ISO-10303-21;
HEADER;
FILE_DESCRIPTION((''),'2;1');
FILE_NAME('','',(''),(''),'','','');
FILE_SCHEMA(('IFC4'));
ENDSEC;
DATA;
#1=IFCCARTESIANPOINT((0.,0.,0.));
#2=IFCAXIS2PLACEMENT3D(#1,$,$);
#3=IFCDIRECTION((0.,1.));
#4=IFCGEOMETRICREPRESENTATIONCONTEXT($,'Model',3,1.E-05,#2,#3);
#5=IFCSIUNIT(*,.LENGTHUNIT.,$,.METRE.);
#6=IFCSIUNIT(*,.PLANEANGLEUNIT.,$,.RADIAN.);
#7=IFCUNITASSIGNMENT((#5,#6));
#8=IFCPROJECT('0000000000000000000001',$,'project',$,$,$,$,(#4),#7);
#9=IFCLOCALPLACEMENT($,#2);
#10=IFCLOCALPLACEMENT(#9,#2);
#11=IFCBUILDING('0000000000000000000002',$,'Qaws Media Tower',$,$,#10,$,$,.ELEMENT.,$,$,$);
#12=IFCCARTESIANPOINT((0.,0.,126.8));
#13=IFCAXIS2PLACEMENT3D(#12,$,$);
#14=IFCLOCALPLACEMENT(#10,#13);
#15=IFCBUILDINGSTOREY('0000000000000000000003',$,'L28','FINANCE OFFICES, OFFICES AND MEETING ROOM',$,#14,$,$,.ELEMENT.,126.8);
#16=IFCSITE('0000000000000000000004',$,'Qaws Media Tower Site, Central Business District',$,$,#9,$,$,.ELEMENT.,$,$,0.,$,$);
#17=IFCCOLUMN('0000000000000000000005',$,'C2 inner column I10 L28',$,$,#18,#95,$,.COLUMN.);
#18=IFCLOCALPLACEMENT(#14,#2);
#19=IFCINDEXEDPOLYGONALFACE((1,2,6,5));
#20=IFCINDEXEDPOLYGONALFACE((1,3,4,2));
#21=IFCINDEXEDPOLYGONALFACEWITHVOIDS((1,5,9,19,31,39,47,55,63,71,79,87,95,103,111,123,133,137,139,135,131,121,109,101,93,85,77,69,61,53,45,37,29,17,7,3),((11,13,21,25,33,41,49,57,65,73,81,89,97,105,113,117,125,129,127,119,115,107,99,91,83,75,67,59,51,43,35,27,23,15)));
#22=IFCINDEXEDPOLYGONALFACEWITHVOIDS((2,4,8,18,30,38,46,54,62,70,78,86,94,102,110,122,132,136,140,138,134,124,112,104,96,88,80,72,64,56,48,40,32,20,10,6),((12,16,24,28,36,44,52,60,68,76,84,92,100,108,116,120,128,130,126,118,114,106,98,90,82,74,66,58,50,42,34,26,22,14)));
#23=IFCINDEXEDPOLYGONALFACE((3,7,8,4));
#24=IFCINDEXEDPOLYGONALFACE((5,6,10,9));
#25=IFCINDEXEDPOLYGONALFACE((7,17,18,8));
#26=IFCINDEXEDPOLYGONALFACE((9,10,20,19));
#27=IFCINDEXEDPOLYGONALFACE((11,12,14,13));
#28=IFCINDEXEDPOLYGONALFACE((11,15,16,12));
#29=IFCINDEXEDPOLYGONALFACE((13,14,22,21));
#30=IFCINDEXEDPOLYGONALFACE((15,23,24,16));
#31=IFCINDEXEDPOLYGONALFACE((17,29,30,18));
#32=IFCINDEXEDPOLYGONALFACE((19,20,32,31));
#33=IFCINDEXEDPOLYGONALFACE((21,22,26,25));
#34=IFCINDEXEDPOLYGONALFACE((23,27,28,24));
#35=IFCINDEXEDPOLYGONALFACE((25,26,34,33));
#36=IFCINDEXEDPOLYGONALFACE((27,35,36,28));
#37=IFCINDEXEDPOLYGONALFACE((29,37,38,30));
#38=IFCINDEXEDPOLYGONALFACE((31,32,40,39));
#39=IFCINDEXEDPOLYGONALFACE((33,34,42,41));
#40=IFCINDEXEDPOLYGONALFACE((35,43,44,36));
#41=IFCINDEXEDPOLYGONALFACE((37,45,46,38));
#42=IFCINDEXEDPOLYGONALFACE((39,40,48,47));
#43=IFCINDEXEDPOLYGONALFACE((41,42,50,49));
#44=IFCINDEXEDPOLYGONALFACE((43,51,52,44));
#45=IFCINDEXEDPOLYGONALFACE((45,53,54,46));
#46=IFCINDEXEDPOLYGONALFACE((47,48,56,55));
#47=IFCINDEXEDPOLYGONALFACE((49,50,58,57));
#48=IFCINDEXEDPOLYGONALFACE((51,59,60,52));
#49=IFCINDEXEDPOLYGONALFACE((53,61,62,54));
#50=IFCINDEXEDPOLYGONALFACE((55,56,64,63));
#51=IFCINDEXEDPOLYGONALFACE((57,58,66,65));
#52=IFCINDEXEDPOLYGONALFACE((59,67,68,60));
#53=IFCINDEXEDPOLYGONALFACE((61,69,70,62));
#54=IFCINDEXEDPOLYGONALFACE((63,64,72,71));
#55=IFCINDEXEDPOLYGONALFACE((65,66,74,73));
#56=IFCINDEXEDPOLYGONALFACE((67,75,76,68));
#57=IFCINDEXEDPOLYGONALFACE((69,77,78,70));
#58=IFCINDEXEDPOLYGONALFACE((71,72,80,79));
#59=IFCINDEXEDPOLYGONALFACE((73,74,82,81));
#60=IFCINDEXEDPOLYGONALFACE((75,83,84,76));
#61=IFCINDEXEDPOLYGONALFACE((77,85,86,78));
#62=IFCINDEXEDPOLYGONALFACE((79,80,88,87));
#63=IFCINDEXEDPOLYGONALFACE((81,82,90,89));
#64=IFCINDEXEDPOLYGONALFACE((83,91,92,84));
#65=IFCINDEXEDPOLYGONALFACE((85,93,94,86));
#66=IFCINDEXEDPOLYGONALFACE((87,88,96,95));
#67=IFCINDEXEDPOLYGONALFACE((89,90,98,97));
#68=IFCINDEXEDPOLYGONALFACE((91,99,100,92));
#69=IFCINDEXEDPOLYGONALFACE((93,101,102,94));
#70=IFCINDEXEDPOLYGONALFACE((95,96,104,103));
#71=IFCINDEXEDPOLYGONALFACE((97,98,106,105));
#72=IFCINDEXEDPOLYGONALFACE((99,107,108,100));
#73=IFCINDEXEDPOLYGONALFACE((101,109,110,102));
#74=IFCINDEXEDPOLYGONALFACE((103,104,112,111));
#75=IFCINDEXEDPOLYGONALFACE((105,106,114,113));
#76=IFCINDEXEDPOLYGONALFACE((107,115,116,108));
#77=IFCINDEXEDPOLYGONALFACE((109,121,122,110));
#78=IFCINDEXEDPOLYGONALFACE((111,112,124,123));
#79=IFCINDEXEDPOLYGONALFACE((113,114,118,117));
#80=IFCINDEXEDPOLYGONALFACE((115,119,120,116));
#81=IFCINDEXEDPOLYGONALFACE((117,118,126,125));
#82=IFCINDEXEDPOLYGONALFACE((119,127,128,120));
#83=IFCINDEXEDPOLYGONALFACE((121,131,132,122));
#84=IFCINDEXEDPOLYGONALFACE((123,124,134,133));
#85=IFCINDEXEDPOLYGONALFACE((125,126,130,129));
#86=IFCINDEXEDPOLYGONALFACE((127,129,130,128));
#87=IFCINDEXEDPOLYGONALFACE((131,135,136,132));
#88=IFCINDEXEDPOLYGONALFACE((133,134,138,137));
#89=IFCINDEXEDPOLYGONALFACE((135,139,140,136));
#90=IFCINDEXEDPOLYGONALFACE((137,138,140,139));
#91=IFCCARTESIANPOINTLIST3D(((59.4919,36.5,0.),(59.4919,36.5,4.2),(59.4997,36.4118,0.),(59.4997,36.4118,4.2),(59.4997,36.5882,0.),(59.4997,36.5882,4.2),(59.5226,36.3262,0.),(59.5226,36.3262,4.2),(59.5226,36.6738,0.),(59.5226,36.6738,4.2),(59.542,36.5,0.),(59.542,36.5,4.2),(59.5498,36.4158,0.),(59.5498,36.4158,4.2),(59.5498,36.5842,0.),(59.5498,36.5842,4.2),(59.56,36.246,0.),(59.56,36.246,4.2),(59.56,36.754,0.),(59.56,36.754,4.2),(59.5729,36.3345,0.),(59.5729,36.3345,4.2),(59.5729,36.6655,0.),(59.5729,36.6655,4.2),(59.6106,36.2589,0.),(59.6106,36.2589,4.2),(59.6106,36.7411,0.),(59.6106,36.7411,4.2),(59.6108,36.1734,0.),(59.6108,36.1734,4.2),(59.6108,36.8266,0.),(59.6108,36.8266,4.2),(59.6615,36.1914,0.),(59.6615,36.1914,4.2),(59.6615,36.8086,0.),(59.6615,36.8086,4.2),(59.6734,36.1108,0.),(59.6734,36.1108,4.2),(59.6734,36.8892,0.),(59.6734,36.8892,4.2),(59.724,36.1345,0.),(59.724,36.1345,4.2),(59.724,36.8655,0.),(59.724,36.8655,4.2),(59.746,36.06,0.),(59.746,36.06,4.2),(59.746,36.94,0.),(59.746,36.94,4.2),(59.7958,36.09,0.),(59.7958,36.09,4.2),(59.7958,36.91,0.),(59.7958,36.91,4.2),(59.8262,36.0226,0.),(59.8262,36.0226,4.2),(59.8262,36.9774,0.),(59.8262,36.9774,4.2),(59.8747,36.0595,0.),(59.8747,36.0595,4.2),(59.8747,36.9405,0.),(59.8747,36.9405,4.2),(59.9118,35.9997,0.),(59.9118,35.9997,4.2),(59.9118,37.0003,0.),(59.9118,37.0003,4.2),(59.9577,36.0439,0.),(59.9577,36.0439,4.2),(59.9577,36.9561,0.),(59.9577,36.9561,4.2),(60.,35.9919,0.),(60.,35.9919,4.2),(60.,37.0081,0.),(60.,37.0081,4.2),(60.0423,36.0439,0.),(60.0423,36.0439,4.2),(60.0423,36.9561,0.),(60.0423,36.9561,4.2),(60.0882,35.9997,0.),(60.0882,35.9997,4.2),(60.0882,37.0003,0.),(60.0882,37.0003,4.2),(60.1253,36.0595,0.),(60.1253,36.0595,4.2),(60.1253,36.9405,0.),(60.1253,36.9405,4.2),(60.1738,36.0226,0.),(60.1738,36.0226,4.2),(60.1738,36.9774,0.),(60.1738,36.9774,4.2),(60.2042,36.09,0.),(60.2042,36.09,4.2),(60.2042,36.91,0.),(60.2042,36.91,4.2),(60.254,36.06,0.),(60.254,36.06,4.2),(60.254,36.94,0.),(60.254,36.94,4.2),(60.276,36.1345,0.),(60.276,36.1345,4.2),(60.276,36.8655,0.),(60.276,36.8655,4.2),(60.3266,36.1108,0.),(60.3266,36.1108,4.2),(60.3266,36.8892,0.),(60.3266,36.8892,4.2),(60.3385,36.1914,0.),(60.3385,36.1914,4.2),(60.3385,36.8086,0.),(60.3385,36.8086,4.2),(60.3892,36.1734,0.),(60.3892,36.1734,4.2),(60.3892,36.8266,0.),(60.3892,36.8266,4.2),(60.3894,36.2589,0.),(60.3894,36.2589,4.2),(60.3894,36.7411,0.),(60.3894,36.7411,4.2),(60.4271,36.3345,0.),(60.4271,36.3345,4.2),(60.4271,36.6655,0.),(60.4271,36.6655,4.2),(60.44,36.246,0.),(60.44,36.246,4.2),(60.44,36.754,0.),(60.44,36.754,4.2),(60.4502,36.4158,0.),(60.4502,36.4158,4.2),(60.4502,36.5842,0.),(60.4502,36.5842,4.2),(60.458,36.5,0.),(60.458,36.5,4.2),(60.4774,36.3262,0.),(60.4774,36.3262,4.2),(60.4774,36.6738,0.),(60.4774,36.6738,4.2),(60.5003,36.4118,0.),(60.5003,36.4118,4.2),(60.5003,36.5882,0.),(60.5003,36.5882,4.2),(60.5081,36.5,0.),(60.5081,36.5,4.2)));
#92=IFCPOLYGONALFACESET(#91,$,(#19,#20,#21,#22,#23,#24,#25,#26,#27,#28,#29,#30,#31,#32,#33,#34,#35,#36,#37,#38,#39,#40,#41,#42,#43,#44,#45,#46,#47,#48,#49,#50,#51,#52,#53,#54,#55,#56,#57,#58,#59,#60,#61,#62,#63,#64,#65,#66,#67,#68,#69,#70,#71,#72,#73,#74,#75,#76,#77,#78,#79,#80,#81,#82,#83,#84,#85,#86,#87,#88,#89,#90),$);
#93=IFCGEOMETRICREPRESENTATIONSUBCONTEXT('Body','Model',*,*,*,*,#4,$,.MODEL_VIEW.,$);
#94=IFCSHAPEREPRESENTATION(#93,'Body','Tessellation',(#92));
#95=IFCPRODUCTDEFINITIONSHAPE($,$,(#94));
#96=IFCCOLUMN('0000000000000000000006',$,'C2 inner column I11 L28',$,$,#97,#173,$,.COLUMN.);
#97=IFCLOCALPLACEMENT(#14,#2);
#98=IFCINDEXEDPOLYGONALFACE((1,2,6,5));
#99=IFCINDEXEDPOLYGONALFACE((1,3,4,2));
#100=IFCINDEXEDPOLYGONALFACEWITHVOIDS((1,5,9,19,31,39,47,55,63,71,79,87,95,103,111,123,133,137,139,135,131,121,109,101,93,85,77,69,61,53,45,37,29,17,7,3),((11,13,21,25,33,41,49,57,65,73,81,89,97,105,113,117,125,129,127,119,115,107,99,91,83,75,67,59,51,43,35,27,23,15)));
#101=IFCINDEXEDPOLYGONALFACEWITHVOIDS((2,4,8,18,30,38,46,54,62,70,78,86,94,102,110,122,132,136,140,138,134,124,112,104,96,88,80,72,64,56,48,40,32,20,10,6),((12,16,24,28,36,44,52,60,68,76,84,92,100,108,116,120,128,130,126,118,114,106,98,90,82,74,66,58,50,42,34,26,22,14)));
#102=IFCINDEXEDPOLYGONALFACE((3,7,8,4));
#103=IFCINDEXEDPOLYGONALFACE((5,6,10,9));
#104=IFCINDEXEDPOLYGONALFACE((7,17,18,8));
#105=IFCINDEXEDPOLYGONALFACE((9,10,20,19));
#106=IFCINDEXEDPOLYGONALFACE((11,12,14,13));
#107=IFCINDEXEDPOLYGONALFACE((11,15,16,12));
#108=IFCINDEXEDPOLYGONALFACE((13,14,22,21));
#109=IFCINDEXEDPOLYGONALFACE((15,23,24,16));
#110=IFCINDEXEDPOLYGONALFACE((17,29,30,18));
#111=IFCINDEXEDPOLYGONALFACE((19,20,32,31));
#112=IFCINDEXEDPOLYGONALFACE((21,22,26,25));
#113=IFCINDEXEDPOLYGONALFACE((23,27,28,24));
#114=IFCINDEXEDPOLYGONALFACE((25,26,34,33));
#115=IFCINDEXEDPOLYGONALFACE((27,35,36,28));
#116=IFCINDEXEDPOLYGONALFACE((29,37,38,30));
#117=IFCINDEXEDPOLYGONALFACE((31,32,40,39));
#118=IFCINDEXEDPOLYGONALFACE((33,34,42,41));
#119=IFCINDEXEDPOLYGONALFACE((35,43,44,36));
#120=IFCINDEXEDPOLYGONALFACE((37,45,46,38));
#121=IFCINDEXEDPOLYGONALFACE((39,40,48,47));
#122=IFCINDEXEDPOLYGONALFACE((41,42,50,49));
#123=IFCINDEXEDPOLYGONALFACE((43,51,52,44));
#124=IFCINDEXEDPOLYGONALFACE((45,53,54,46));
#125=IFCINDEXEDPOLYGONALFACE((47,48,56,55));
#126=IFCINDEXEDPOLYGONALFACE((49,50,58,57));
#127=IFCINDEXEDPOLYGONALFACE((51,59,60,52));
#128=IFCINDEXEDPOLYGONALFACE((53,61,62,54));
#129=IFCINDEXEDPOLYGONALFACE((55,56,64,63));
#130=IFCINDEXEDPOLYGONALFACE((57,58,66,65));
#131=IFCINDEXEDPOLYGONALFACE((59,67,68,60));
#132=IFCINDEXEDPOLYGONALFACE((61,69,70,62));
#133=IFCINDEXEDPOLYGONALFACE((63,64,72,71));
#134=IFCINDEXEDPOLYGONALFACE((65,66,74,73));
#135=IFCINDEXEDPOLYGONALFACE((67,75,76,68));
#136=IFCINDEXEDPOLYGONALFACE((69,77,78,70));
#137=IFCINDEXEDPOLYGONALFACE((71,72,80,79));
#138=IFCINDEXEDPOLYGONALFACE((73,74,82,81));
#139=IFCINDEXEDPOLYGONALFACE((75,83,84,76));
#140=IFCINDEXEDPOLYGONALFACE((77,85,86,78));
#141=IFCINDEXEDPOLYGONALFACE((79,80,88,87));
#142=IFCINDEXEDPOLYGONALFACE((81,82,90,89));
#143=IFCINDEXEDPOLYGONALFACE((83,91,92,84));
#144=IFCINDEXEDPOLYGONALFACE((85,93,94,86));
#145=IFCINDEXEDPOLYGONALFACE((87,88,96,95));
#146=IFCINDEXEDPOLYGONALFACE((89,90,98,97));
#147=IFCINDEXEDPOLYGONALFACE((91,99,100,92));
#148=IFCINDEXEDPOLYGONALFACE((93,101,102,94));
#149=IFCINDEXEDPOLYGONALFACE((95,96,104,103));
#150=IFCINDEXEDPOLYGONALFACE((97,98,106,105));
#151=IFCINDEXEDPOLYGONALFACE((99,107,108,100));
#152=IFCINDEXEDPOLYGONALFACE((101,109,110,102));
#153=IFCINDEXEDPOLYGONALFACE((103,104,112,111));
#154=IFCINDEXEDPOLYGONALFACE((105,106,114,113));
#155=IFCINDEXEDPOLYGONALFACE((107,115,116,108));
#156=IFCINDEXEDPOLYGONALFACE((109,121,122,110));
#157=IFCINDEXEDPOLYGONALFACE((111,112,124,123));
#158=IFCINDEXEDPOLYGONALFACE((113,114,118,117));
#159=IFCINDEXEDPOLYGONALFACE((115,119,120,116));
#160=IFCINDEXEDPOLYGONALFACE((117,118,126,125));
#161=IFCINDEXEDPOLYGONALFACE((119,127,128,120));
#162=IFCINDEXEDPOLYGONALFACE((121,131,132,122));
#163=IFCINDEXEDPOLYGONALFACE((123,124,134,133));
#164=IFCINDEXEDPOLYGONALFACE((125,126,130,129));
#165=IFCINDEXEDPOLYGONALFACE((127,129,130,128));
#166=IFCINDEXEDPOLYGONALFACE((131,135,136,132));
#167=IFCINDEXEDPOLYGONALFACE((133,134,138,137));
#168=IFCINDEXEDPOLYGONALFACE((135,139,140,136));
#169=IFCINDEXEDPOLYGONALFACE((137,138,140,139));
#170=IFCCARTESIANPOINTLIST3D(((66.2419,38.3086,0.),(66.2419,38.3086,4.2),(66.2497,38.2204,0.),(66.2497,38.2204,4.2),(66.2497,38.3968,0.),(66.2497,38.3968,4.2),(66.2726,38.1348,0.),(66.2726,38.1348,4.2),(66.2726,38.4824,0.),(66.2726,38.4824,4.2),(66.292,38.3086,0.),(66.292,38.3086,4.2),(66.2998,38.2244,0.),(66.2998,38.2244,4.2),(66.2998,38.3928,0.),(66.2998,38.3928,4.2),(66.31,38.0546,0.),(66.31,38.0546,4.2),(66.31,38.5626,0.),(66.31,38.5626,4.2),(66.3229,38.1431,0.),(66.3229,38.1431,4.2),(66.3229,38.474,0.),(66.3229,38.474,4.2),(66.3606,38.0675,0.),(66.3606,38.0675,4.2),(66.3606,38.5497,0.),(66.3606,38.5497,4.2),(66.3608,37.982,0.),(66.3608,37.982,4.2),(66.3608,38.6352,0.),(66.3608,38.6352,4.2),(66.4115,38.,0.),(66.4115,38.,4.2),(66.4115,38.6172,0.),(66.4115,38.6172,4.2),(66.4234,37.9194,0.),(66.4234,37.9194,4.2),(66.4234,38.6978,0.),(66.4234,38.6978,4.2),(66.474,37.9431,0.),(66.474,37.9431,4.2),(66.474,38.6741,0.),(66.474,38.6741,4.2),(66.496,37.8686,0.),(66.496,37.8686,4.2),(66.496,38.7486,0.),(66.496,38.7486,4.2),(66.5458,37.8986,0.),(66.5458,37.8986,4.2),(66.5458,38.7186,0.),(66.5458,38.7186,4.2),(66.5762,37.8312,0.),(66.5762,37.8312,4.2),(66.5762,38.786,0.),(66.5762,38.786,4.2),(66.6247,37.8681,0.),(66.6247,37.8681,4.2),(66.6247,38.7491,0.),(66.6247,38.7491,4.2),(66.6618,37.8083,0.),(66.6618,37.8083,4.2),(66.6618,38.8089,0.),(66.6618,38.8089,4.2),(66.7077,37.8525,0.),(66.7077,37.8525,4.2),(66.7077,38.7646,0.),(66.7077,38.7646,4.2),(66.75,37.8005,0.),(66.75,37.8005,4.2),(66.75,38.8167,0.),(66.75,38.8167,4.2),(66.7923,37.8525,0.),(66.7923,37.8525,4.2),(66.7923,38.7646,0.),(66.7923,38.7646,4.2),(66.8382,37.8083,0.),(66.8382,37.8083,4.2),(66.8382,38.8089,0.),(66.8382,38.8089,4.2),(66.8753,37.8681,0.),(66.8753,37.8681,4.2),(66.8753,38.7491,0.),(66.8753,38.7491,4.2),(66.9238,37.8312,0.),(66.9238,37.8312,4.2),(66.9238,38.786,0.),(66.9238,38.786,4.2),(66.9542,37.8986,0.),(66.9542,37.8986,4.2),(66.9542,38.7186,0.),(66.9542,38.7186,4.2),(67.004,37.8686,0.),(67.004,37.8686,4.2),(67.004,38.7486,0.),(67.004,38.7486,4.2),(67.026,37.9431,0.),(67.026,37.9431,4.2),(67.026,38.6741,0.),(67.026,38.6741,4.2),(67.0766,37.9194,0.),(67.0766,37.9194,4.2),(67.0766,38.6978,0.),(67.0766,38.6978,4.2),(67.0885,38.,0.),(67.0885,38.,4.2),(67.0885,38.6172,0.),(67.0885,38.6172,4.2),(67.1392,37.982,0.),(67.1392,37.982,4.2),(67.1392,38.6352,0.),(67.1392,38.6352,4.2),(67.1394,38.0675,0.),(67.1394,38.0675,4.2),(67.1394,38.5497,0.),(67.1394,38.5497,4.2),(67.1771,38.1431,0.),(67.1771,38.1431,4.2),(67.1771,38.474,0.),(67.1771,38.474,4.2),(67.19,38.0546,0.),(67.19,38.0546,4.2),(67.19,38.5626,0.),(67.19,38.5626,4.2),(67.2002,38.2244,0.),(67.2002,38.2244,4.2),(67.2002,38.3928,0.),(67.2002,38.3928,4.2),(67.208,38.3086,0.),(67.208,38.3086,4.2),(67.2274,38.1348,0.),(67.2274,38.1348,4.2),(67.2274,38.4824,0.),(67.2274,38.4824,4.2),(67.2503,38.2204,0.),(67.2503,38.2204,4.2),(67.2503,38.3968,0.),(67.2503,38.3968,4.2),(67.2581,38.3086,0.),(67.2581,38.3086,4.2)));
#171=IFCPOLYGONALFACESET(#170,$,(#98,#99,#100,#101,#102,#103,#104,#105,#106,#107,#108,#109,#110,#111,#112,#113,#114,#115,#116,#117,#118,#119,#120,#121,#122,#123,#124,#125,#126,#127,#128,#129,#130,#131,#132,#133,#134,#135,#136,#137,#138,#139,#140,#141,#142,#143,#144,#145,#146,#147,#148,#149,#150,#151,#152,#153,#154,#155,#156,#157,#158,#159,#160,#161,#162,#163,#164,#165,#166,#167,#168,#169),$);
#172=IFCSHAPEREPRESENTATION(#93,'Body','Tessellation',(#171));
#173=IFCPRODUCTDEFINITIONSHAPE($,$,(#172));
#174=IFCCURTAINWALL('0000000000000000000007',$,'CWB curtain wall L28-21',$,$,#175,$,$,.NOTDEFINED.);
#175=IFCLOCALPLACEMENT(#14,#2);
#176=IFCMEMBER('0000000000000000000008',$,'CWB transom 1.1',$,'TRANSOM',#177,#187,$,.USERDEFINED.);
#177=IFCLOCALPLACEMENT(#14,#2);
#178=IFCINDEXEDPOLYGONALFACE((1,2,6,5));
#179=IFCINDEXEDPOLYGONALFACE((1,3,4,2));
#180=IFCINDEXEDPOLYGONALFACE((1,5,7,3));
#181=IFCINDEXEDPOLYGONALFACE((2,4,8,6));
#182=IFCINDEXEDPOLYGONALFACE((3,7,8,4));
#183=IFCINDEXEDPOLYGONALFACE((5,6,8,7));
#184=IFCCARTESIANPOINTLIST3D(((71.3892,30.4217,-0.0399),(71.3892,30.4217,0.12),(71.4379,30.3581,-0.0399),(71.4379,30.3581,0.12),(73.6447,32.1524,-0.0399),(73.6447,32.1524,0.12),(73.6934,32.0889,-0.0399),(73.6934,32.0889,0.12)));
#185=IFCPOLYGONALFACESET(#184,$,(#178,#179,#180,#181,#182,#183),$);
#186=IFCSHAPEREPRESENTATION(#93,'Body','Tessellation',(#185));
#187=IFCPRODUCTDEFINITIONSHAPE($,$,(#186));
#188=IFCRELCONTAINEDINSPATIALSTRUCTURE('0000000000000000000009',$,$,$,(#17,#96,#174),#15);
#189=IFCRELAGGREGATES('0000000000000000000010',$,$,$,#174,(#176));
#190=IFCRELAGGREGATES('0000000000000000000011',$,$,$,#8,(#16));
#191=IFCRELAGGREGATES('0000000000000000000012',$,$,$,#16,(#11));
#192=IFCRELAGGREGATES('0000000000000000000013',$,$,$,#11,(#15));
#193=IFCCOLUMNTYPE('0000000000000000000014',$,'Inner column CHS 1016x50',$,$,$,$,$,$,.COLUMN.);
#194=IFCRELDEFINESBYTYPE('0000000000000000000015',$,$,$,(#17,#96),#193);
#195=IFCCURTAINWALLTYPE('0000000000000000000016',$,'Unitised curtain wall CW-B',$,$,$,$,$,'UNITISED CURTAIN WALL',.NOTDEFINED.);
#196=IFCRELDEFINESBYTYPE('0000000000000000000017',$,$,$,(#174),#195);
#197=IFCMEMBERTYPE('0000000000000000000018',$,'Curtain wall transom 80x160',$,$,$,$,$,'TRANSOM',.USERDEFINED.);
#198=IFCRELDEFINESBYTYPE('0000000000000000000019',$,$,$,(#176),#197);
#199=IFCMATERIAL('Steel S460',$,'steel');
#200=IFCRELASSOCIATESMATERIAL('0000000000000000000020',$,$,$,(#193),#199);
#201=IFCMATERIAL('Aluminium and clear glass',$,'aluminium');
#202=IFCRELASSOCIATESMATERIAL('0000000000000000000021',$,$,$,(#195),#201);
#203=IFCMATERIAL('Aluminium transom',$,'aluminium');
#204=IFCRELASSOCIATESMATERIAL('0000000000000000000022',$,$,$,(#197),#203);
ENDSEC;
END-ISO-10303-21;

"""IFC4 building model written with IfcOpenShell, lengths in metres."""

from ifc_helpers import new_model, si_unit, direction, frame, origin, origin_2d, place, context, subcontext, project, spatial, rectangle, hollow_circle, extrude, material, material_profile, profile_set, type_object, element, aggregate, save


model = new_model("IFC4")

# Units and contexts
model_context = context("Model", 3, precision=1e-05, world=origin(), true_north=direction((0.0, 1.0)))
body_context = subcontext(model_context, "Body", "Model", "MODEL_VIEW")
ifc_project = project(units=[si_unit("LENGTHUNIT", "METRE"), si_unit("PLANEANGLEUNIT", "RADIAN")], contexts=[model_context])

# Site, building, storey
site_placement = place(None, origin())
site = spatial("IfcSite", under=ifc_project, at=site_placement, Name="Qaws Media Tower Site, Central Business District", CompositionType="ELEMENT", RefElevation=0.0)
building_placement = place(site_placement, origin())
building = spatial("IfcBuilding", under=site, at=building_placement, Name="Qaws Media Tower", CompositionType="ELEMENT")
storey_placement = place(building_placement, frame((0.0, 0.0, 126.8)))
storey = spatial("IfcBuildingStorey", under=building, at=storey_placement, Name="L28", Description="FINANCE OFFICES, OFFICES AND MEETING ROOM", CompositionType="ELEMENT", Elevation=126.8)

# Columns
ifc_material_1 = material(Name="Steel S460", Category="steel")
ifc_material_profile_1 = material_profile(ifc_material_1, hollow_circle(Radius=0.5081, WallThickness=0.05, at=origin_2d()), Name="CHS 1016x50")
ifc_profile_set_1 = profile_set([ifc_material_profile_1], Name="Steel S460")
column_type = type_object("IfcColumnType", Name="Inner column CHS 1016x50", PredefinedType="COLUMN", material=ifc_profile_set_1)
for number, where, z_axis, x_axis, name in (
    (1, (60.0, 36.5, 0.0), (0.0, 0.0, 1.0), (1.0, 0.0, 0.0), "C2 inner column I10 L28"),
    (2, (66.75, 38.3086, 0.0), (0.0, 0.0, 1.0), (1.0, 0.0, 0.0), "C2 inner column I11 L28"),
):
    element("IfcColumn", number, at=place(storey_placement, frame(where, z_axis=z_axis, x_axis=x_axis)), inside=storey, type_object=column_type, Name=name, PredefinedType="COLUMN", context=body_context, shape_type="SweptSolid", body=[
        extrude(hollow_circle(Radius=0.5081, WallThickness=0.05, at=origin_2d()), origin(), (0.0, 0.0, 1.0), 4.2),
    ])

# Curtain wall, member
ifc_material_2 = material(Name="Aluminium and clear glass", Category="aluminium")
curtain_wall_type = type_object("IfcCurtainWallType", Name="Unitised curtain wall CW-B", ElementType="UNITISED CURTAIN WALL", PredefinedType="NOTDEFINED", material=ifc_material_2)
curtain_wall_placement = place(storey_placement, origin())
curtain_wall = element("IfcCurtainWall", 3, at=curtain_wall_placement, inside=storey, type_object=curtain_wall_type, Name="CWB curtain wall L28-21", PredefinedType="NOTDEFINED")
ifc_material_3 = material(Name="Aluminium transom", Category="aluminium")
ifc_material_profile_2 = material_profile(ifc_material_3, rectangle(XDim=0.0801, YDim=0.1599, at=origin_2d()), Name="80x160")
ifc_profile_set_2 = profile_set([ifc_material_profile_2], Name="Aluminium transom")
member_type = type_object("IfcMemberType", Name="Curtain wall transom 80x160", ElementType="TRANSOM", PredefinedType="USERDEFINED", material=ifc_profile_set_2)
member_placement = place(storey_placement, frame((71.4136, 30.3899, 0.04), z_axis=(0.793335, 0.608785, 0.0), x_axis=(-0.608785, 0.793335, 0.0)))
member = element("IfcMember", 4, at=member_placement, type_object=member_type, Name="CWB transom 1.1", ObjectType="TRANSOM", PredefinedType="USERDEFINED", context=body_context, shape_type="SweptSolid", body=[
    extrude(rectangle(XDim=0.0801, YDim=0.1599, at=origin_2d()), origin(), (0.0, 0.0, 1.0), 2.843),
])
aggregate(curtain_wall, [member])

save(model, "model.ifc")
